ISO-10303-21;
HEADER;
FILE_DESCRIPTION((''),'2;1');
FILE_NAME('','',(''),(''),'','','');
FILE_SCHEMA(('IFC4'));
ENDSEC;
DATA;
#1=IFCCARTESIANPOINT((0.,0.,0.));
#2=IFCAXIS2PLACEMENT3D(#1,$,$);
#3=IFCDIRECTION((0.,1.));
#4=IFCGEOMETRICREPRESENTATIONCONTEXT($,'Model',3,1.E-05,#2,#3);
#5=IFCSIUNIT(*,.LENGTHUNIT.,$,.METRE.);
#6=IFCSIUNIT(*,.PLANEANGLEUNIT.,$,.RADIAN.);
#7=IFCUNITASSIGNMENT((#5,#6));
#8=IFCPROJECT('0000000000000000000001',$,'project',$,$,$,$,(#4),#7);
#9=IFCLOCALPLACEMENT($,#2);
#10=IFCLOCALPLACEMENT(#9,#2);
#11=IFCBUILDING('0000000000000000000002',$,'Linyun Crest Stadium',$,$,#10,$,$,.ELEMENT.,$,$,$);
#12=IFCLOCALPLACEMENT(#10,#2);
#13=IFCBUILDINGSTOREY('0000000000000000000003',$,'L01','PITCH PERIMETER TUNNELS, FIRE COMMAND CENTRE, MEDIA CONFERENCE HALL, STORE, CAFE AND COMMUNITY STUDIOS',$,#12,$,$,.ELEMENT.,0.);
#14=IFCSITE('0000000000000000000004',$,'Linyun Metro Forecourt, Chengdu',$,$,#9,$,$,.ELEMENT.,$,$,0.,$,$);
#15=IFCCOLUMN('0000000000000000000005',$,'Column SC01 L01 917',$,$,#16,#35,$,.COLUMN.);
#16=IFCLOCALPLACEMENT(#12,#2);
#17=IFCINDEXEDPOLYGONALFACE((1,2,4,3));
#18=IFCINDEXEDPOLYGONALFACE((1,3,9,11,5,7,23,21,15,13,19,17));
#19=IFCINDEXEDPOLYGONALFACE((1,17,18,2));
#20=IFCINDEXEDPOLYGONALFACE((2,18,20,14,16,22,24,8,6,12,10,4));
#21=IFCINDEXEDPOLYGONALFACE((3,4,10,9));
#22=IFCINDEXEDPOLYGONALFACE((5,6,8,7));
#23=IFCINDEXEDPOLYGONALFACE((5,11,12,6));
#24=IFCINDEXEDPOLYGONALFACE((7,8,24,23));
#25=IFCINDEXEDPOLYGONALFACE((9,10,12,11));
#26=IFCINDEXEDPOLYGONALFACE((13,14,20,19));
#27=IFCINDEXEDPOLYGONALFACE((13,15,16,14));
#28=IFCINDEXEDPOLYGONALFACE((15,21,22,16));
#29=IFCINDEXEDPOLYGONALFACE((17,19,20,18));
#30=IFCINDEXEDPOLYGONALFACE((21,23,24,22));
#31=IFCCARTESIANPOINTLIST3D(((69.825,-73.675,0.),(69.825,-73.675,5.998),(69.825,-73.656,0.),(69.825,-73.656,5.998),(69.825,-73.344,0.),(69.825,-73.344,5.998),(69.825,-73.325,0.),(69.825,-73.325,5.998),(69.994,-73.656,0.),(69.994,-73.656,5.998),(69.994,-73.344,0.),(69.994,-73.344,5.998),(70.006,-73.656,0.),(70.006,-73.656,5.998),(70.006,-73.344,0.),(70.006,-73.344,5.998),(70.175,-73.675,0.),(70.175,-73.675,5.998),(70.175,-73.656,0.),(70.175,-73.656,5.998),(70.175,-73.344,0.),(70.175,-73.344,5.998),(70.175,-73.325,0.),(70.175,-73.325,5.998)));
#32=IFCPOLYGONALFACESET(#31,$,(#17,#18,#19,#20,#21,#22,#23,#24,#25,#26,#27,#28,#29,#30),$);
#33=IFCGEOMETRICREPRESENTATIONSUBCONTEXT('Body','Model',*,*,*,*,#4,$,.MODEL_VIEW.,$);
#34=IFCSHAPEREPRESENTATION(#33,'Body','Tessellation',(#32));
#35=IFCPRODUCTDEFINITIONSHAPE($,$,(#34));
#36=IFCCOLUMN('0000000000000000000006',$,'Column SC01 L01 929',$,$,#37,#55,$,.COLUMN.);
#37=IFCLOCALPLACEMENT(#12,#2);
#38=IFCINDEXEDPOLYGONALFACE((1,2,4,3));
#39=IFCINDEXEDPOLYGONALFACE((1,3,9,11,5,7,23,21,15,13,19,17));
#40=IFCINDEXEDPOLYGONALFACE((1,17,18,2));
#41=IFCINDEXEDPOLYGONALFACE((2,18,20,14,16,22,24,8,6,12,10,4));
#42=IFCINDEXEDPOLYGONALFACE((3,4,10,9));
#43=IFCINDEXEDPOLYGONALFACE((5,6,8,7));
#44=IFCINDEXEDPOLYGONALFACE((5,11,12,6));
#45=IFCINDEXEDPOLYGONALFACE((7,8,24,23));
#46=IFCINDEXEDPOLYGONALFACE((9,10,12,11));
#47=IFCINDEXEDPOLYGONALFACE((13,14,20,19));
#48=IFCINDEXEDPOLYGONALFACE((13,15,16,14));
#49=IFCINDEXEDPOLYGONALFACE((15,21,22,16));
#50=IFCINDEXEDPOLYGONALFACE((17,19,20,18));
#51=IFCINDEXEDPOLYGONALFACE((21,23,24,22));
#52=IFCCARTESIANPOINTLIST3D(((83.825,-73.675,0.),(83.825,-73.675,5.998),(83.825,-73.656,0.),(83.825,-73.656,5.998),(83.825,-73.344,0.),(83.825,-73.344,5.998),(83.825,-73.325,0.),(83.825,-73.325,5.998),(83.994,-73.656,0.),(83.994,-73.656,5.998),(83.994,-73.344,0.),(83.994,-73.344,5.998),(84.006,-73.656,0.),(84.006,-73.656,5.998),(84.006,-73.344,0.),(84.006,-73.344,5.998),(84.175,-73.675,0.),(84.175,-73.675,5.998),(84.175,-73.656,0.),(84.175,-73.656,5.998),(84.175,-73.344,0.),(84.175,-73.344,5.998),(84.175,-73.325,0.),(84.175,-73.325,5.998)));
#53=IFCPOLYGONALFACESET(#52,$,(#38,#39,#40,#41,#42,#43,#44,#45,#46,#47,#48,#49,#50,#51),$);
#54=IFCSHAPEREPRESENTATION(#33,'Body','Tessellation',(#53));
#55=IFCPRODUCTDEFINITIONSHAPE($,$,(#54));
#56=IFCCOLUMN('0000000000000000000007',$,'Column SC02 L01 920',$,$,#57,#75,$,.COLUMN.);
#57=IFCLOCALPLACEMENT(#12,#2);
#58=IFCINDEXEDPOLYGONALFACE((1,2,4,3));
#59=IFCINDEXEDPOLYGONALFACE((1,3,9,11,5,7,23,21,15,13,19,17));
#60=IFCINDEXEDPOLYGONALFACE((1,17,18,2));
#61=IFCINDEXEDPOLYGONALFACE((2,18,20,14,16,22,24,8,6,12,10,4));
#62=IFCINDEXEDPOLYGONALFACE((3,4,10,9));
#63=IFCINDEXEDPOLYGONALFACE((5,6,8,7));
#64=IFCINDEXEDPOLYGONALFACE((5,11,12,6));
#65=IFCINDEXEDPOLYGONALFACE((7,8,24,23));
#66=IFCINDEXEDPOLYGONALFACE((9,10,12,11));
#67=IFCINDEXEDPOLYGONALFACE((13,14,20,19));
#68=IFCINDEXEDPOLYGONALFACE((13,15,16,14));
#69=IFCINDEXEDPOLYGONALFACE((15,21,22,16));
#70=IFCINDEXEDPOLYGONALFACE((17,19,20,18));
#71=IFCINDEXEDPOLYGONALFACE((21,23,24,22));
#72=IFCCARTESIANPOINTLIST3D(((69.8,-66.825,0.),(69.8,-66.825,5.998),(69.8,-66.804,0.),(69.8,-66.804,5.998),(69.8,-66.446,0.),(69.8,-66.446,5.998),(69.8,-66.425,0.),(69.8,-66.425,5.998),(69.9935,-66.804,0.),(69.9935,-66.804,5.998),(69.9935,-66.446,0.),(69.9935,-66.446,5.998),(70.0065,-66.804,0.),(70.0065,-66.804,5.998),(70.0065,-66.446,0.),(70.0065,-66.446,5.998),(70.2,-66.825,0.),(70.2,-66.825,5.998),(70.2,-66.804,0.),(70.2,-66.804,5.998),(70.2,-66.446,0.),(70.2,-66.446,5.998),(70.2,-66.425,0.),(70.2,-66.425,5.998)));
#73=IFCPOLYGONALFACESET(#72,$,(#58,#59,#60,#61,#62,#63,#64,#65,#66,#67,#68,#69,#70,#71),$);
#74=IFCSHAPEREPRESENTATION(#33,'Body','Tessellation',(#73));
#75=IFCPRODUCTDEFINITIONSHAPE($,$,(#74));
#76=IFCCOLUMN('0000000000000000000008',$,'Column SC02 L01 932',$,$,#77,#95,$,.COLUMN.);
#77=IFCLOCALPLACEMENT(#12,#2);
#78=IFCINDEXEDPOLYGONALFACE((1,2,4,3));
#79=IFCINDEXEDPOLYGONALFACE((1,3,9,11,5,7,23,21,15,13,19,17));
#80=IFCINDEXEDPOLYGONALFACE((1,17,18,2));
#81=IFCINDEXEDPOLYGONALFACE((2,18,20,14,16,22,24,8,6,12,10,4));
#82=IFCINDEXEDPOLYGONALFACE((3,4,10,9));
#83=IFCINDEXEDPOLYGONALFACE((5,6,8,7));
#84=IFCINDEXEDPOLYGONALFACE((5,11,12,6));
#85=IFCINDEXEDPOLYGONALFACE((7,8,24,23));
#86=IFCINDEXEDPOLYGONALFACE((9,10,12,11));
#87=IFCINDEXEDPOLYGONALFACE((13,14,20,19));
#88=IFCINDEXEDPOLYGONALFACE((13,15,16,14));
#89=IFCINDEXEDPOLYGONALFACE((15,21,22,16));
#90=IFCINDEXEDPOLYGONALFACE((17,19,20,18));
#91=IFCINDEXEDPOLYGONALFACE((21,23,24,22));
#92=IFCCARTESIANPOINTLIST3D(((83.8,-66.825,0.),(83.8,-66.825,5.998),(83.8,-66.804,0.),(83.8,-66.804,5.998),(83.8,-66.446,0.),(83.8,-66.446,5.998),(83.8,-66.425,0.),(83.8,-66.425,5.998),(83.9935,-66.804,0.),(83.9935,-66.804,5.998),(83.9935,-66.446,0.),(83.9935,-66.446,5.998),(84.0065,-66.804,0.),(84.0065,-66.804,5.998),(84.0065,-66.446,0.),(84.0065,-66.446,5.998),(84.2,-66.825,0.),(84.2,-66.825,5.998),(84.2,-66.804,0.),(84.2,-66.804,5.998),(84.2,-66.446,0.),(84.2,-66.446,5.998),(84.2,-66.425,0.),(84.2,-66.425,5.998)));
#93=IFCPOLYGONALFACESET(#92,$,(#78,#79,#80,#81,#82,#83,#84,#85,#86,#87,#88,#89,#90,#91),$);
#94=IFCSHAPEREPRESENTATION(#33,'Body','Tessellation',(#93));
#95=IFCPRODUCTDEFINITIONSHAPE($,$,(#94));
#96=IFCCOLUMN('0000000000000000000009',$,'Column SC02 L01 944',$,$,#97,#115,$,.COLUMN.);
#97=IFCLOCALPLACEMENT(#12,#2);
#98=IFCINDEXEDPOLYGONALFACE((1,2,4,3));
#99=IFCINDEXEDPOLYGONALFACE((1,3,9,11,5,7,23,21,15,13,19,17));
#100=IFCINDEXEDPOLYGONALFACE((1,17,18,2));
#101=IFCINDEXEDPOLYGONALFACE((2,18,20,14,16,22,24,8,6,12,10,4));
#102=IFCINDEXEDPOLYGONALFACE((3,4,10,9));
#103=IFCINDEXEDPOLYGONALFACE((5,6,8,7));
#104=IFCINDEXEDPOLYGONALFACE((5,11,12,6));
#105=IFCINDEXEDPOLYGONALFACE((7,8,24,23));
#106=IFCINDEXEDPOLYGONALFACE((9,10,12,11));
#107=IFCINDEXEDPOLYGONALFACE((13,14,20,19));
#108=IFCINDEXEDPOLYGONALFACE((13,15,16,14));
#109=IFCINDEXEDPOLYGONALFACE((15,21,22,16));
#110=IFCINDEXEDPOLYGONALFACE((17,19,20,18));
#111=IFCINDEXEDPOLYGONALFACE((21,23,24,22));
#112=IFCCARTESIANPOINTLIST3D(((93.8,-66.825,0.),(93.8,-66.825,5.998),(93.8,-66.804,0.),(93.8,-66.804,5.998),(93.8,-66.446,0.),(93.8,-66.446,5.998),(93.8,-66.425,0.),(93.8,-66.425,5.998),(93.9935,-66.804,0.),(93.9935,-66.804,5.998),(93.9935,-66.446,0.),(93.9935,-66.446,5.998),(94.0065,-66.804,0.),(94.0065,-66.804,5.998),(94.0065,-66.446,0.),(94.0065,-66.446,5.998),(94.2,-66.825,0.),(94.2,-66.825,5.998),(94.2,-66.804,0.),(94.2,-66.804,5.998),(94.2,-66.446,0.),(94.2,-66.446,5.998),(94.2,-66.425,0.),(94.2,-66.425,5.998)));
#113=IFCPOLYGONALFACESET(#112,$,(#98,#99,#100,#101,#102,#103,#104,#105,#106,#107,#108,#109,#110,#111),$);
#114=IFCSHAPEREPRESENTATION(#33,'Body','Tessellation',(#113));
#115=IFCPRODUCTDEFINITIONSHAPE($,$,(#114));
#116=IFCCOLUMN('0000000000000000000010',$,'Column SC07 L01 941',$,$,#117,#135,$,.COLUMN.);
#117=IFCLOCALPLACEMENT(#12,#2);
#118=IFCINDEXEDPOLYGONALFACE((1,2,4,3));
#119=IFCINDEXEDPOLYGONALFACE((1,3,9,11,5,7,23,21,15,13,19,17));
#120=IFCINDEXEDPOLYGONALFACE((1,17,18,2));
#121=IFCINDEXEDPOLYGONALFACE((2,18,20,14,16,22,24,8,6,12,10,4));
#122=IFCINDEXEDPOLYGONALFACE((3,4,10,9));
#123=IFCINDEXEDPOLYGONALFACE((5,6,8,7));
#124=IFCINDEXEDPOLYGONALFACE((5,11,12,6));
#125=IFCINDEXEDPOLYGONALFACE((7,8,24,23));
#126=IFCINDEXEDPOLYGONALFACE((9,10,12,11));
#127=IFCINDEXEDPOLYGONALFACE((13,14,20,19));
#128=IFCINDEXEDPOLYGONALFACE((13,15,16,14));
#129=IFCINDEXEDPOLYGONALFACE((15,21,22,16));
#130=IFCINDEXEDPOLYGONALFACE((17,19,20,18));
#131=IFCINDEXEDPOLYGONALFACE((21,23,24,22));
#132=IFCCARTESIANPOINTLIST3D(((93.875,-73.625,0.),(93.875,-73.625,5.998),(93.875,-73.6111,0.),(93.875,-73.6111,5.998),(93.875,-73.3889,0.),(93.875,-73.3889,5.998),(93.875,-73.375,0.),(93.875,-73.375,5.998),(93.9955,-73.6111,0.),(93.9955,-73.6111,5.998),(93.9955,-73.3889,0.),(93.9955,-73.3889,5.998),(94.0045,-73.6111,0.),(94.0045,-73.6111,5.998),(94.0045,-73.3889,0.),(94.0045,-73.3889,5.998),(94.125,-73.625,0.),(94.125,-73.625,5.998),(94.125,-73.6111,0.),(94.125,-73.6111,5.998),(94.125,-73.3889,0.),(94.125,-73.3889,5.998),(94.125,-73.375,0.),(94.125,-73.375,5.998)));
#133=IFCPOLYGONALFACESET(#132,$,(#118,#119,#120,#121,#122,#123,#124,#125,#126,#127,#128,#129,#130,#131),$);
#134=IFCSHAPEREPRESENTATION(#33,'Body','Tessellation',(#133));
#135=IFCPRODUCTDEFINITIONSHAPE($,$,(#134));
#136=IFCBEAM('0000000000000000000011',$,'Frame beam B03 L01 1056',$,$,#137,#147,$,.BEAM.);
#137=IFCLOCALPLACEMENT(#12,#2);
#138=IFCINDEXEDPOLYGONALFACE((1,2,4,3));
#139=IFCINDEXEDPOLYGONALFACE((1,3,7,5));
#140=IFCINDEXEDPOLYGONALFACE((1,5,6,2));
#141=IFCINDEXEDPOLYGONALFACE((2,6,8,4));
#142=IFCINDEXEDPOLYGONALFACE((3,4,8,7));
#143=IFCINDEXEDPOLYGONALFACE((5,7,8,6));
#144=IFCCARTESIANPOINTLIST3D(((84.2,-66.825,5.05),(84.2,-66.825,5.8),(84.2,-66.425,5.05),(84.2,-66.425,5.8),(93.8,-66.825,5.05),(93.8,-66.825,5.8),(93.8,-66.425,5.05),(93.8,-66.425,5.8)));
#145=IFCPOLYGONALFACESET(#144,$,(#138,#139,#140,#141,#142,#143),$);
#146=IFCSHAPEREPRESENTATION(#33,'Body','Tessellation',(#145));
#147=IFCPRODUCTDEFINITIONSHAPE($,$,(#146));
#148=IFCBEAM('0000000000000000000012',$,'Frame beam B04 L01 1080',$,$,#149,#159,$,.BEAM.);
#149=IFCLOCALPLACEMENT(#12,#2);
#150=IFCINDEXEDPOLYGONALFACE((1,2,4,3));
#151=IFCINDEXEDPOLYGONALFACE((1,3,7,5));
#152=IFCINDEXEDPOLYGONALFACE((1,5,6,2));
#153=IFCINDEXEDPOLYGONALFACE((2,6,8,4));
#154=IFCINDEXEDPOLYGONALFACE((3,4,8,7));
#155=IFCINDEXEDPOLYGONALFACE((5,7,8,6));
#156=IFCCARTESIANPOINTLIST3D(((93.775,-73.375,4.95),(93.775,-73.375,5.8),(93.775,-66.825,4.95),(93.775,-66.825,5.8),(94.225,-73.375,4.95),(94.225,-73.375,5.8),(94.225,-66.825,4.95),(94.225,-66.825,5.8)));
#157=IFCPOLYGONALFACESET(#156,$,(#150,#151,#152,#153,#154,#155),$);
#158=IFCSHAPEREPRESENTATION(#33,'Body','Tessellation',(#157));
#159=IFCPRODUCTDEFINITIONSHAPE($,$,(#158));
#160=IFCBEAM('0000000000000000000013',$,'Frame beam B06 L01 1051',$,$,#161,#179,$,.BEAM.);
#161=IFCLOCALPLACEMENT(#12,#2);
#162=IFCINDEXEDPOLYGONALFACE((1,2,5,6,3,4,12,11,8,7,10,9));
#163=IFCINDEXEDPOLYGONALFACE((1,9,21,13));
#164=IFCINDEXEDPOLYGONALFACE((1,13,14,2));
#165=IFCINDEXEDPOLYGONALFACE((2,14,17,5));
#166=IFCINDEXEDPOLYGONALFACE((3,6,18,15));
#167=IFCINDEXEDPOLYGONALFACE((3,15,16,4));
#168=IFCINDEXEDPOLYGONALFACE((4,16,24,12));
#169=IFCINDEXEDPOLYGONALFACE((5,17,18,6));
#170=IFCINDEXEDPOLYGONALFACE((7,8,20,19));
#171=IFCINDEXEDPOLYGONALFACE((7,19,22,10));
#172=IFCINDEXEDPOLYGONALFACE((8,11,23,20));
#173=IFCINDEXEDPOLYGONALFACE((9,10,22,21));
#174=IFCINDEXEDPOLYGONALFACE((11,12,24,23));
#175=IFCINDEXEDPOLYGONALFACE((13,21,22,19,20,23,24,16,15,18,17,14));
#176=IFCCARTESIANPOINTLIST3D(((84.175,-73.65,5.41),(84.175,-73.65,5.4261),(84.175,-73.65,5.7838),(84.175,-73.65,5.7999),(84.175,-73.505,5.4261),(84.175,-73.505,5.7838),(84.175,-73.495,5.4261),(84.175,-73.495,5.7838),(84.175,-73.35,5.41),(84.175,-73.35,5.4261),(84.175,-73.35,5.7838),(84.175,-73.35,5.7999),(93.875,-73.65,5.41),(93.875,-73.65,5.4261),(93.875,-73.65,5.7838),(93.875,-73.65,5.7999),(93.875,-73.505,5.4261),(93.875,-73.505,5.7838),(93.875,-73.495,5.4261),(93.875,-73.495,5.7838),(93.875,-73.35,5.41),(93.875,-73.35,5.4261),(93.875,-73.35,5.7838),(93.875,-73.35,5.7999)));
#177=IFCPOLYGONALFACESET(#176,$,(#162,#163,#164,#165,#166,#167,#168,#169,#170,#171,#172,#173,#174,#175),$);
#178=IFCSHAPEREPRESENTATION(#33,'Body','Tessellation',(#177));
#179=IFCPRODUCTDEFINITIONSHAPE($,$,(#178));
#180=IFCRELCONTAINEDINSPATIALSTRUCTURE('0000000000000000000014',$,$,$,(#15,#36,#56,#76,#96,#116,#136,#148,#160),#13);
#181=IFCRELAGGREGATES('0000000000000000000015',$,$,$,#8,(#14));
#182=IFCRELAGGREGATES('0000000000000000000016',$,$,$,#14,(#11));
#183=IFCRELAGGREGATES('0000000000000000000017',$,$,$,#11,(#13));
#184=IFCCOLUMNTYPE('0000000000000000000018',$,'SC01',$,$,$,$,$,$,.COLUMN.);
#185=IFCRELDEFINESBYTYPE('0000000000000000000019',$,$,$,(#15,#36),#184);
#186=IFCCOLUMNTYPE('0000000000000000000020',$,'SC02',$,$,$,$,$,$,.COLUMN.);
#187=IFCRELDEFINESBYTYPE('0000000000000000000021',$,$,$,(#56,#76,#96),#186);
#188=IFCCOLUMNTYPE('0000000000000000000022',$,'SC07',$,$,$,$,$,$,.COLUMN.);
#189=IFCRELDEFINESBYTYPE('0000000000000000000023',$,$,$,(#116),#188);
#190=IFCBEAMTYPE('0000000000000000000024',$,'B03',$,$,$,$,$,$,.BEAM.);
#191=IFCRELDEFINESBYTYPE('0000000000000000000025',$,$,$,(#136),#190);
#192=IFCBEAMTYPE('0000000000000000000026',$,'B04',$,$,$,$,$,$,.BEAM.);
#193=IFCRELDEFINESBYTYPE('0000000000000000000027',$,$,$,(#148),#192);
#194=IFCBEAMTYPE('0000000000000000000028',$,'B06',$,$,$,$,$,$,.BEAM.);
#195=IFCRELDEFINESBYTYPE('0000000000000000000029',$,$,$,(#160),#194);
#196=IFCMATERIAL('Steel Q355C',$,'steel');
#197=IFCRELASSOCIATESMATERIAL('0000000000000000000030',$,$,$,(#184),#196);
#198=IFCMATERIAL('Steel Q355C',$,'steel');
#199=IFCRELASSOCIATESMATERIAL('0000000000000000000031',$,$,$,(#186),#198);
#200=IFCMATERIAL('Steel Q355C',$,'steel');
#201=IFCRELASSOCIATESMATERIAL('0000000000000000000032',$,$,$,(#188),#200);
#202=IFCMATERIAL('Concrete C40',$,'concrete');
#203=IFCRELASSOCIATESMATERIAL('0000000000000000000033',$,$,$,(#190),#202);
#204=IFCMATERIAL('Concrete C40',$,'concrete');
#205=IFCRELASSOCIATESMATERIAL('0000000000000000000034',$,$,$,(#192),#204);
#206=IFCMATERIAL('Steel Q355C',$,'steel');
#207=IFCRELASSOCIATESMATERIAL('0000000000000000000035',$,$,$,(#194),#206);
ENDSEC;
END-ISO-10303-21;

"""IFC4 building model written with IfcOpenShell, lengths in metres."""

from ifc_helpers import new_model, si_unit, direction, frame, origin, origin_2d, place, context, subcontext, project, spatial, rectangle, i_section, extrude, material, material_profile, profile_set, type_object, element, save


model = new_model("IFC4")

# Units and contexts
model_context = context("Model", 3, precision=1e-05, world=origin(), true_north=direction((0.0, 1.0)))
body_context = subcontext(model_context, "Body", "Model", "MODEL_VIEW")
ifc_project = project(units=[si_unit("LENGTHUNIT", "METRE"), si_unit("PLANEANGLEUNIT", "RADIAN")], contexts=[model_context])

# Site, building, storey
site_placement = place(None, origin())
site = spatial("IfcSite", under=ifc_project, at=site_placement, Name="Linyun Metro Forecourt, Chengdu", CompositionType="ELEMENT", RefElevation=0.0)
building_placement = place(site_placement, origin())
building = spatial("IfcBuilding", under=site, at=building_placement, Name="Linyun Crest Stadium", CompositionType="ELEMENT")
storey_placement = place(building_placement, origin())
storey = spatial("IfcBuildingStorey", under=building, at=storey_placement, Name="L01", Description="PITCH PERIMETER TUNNELS, FIRE COMMAND CENTRE, MEDIA CONFERENCE HALL, STORE, CAFE AND COMMUNITY STUDIOS", CompositionType="ELEMENT", Elevation=0.0)

# Columns
ifc_material_1 = material(Name="Steel Q355C", Category="steel")
ifc_material_profile_1 = material_profile(ifc_material_1, i_section(OverallWidth=0.3501, OverallDepth=0.3501, WebThickness=0.012, FlangeThickness=0.019, at=origin_2d()), Name="HW 350x350")
ifc_profile_set_1 = profile_set([ifc_material_profile_1], Name="Steel Q355C")
column_type_1 = type_object("IfcColumnType", Name="SC01", PredefinedType="COLUMN", material=ifc_profile_set_1)
for number, where, z_axis, x_axis, name in (
    (1, (70.0, -73.5, 0.0), (0.0, 0.0, 1.0), (1.0, 0.0, 0.0), "Column SC01 L01 917"),
    (2, (84.0, -73.5, 0.0), (0.0, 0.0, 1.0), (1.0, 0.0, 0.0), "Column SC01 L01 929"),
):
    element("IfcColumn", number, at=place(storey_placement, frame(where, z_axis=z_axis, x_axis=x_axis)), inside=storey, type_object=column_type_1, Name=name, PredefinedType="COLUMN", context=body_context, shape_type="SweptSolid", body=[
        extrude(i_section(OverallWidth=0.3501, OverallDepth=0.3501, WebThickness=0.012, FlangeThickness=0.019, at=origin_2d()), origin(), (0.0, 0.0, 1.0), 5.998),
    ])
ifc_material_2 = material(Name="Steel Q355C", Category="steel")
ifc_material_profile_2 = material_profile(ifc_material_2, i_section(OverallWidth=0.3999, OverallDepth=0.3999, WebThickness=0.0129, FlangeThickness=0.021, at=origin_2d()), Name="HW 400x400")
ifc_profile_set_2 = profile_set([ifc_material_profile_2], Name="Steel Q355C")
column_type_2 = type_object("IfcColumnType", Name="SC02", PredefinedType="COLUMN", material=ifc_profile_set_2)
for number, where, z_axis, x_axis, name in (
    (3, (70.0, -66.625, 0.0), (0.0, 0.0, 1.0), (1.0, 0.0, 0.0), "Column SC02 L01 920"),
    (4, (84.0, -66.625, 0.0), (0.0, 0.0, 1.0), (1.0, 0.0, 0.0), "Column SC02 L01 932"),
    (5, (94.0, -66.625, 0.0), (0.0, 0.0, 1.0), (1.0, 0.0, 0.0), "Column SC02 L01 944"),
):
    element("IfcColumn", number, at=place(storey_placement, frame(where, z_axis=z_axis, x_axis=x_axis)), inside=storey, type_object=column_type_2, Name=name, PredefinedType="COLUMN", context=body_context, shape_type="SweptSolid", body=[
        extrude(i_section(OverallWidth=0.3999, OverallDepth=0.3999, WebThickness=0.0129, FlangeThickness=0.021, at=origin_2d()), origin(), (0.0, 0.0, 1.0), 5.998),
    ])
ifc_material_3 = material(Name="Steel Q355C", Category="steel")
ifc_material_profile_3 = material_profile(ifc_material_3, i_section(OverallWidth=0.25, OverallDepth=0.25, WebThickness=0.009, FlangeThickness=0.0139, at=origin_2d()), Name="HW 250x250")
ifc_profile_set_3 = profile_set([ifc_material_profile_3], Name="Steel Q355C")
column_type_3 = type_object("IfcColumnType", Name="SC07", PredefinedType="COLUMN", material=ifc_profile_set_3)
column_placement = place(storey_placement, frame((94.0, -73.5, 0.0), z_axis=(0.0, 0.0, 1.0), x_axis=(1.0, 0.0, 0.0)))
element("IfcColumn", 6, at=column_placement, inside=storey, type_object=column_type_3, Name="Column SC07 L01 941", PredefinedType="COLUMN", context=body_context, shape_type="SweptSolid", body=[
    extrude(i_section(OverallWidth=0.25, OverallDepth=0.25, WebThickness=0.009, FlangeThickness=0.0139, at=origin_2d()), origin(), (0.0, 0.0, 1.0), 5.998),
])

# Beams
ifc_material_4 = material(Name="Concrete C40", Category="concrete")
ifc_material_profile_4 = material_profile(ifc_material_4, rectangle(XDim=0.3999, YDim=0.75, at=origin_2d()), Name="RCB 750x400")
ifc_profile_set_4 = profile_set([ifc_material_profile_4], Name="Concrete C40")
beam_type_1 = type_object("IfcBeamType", Name="B03", PredefinedType="BEAM", material=ifc_profile_set_4)
beam_1_placement = place(storey_placement, frame((84.2, -66.625, 5.425), z_axis=(1.0, 0.0, 0.0), x_axis=(0.0, 1.0, 0.0)))
element("IfcBeam", 7, at=beam_1_placement, inside=storey, type_object=beam_type_1, Name="Frame beam B03 L01 1056", PredefinedType="BEAM", context=body_context, shape_type="SweptSolid", body=[
    extrude(rectangle(XDim=0.3999, YDim=0.75, at=origin_2d()), origin(), (0.0, 0.0, 1.0), 9.6001),
])
ifc_material_5 = material(Name="Concrete C40", Category="concrete")
ifc_material_profile_5 = material_profile(ifc_material_5, rectangle(XDim=0.45, YDim=0.8501, at=origin_2d()), Name="RCB 850x450")
ifc_profile_set_5 = profile_set([ifc_material_profile_5], Name="Concrete C40")
beam_type_2 = type_object("IfcBeamType", Name="B04", PredefinedType="BEAM", material=ifc_profile_set_5)
beam_2_placement = place(storey_placement, frame((94.0, -73.375, 5.375), z_axis=(0.0, 1.0, 0.0), x_axis=(-1.0, 0.0, 0.0)))
element("IfcBeam", 8, at=beam_2_placement, inside=storey, type_object=beam_type_2, Name="Frame beam B04 L01 1080", PredefinedType="BEAM", context=body_context, shape_type="SweptSolid", body=[
    extrude(rectangle(XDim=0.45, YDim=0.8501, at=origin_2d()), origin(), (0.0, 0.0, 1.0), 6.55),
])
ifc_material_6 = material(Name="Steel Q355C", Category="steel")
ifc_material_profile_6 = material_profile(ifc_material_6, i_section(OverallWidth=0.3, OverallDepth=0.3899, WebThickness=0.01, FlangeThickness=0.0161, at=origin_2d()), Name="HM 390x300")
ifc_profile_set_6 = profile_set([ifc_material_profile_6], Name="Steel Q355C")
beam_type_3 = type_object("IfcBeamType", Name="B06", PredefinedType="BEAM", material=ifc_profile_set_6)
beam_3_placement = place(storey_placement, frame((84.175, -73.5, 5.605), z_axis=(1.0, 0.0, 0.0), x_axis=(0.0, 1.0, 0.0)))
element("IfcBeam", 9, at=beam_3_placement, inside=storey, type_object=beam_type_3, Name="Frame beam B06 L01 1051", PredefinedType="BEAM", context=body_context, shape_type="SweptSolid", body=[
    extrude(i_section(OverallWidth=0.3, OverallDepth=0.3899, WebThickness=0.01, FlangeThickness=0.0161, at=origin_2d()), origin(), (0.0, 0.0, 1.0), 9.7),
])

save(model, "model.ifc")
